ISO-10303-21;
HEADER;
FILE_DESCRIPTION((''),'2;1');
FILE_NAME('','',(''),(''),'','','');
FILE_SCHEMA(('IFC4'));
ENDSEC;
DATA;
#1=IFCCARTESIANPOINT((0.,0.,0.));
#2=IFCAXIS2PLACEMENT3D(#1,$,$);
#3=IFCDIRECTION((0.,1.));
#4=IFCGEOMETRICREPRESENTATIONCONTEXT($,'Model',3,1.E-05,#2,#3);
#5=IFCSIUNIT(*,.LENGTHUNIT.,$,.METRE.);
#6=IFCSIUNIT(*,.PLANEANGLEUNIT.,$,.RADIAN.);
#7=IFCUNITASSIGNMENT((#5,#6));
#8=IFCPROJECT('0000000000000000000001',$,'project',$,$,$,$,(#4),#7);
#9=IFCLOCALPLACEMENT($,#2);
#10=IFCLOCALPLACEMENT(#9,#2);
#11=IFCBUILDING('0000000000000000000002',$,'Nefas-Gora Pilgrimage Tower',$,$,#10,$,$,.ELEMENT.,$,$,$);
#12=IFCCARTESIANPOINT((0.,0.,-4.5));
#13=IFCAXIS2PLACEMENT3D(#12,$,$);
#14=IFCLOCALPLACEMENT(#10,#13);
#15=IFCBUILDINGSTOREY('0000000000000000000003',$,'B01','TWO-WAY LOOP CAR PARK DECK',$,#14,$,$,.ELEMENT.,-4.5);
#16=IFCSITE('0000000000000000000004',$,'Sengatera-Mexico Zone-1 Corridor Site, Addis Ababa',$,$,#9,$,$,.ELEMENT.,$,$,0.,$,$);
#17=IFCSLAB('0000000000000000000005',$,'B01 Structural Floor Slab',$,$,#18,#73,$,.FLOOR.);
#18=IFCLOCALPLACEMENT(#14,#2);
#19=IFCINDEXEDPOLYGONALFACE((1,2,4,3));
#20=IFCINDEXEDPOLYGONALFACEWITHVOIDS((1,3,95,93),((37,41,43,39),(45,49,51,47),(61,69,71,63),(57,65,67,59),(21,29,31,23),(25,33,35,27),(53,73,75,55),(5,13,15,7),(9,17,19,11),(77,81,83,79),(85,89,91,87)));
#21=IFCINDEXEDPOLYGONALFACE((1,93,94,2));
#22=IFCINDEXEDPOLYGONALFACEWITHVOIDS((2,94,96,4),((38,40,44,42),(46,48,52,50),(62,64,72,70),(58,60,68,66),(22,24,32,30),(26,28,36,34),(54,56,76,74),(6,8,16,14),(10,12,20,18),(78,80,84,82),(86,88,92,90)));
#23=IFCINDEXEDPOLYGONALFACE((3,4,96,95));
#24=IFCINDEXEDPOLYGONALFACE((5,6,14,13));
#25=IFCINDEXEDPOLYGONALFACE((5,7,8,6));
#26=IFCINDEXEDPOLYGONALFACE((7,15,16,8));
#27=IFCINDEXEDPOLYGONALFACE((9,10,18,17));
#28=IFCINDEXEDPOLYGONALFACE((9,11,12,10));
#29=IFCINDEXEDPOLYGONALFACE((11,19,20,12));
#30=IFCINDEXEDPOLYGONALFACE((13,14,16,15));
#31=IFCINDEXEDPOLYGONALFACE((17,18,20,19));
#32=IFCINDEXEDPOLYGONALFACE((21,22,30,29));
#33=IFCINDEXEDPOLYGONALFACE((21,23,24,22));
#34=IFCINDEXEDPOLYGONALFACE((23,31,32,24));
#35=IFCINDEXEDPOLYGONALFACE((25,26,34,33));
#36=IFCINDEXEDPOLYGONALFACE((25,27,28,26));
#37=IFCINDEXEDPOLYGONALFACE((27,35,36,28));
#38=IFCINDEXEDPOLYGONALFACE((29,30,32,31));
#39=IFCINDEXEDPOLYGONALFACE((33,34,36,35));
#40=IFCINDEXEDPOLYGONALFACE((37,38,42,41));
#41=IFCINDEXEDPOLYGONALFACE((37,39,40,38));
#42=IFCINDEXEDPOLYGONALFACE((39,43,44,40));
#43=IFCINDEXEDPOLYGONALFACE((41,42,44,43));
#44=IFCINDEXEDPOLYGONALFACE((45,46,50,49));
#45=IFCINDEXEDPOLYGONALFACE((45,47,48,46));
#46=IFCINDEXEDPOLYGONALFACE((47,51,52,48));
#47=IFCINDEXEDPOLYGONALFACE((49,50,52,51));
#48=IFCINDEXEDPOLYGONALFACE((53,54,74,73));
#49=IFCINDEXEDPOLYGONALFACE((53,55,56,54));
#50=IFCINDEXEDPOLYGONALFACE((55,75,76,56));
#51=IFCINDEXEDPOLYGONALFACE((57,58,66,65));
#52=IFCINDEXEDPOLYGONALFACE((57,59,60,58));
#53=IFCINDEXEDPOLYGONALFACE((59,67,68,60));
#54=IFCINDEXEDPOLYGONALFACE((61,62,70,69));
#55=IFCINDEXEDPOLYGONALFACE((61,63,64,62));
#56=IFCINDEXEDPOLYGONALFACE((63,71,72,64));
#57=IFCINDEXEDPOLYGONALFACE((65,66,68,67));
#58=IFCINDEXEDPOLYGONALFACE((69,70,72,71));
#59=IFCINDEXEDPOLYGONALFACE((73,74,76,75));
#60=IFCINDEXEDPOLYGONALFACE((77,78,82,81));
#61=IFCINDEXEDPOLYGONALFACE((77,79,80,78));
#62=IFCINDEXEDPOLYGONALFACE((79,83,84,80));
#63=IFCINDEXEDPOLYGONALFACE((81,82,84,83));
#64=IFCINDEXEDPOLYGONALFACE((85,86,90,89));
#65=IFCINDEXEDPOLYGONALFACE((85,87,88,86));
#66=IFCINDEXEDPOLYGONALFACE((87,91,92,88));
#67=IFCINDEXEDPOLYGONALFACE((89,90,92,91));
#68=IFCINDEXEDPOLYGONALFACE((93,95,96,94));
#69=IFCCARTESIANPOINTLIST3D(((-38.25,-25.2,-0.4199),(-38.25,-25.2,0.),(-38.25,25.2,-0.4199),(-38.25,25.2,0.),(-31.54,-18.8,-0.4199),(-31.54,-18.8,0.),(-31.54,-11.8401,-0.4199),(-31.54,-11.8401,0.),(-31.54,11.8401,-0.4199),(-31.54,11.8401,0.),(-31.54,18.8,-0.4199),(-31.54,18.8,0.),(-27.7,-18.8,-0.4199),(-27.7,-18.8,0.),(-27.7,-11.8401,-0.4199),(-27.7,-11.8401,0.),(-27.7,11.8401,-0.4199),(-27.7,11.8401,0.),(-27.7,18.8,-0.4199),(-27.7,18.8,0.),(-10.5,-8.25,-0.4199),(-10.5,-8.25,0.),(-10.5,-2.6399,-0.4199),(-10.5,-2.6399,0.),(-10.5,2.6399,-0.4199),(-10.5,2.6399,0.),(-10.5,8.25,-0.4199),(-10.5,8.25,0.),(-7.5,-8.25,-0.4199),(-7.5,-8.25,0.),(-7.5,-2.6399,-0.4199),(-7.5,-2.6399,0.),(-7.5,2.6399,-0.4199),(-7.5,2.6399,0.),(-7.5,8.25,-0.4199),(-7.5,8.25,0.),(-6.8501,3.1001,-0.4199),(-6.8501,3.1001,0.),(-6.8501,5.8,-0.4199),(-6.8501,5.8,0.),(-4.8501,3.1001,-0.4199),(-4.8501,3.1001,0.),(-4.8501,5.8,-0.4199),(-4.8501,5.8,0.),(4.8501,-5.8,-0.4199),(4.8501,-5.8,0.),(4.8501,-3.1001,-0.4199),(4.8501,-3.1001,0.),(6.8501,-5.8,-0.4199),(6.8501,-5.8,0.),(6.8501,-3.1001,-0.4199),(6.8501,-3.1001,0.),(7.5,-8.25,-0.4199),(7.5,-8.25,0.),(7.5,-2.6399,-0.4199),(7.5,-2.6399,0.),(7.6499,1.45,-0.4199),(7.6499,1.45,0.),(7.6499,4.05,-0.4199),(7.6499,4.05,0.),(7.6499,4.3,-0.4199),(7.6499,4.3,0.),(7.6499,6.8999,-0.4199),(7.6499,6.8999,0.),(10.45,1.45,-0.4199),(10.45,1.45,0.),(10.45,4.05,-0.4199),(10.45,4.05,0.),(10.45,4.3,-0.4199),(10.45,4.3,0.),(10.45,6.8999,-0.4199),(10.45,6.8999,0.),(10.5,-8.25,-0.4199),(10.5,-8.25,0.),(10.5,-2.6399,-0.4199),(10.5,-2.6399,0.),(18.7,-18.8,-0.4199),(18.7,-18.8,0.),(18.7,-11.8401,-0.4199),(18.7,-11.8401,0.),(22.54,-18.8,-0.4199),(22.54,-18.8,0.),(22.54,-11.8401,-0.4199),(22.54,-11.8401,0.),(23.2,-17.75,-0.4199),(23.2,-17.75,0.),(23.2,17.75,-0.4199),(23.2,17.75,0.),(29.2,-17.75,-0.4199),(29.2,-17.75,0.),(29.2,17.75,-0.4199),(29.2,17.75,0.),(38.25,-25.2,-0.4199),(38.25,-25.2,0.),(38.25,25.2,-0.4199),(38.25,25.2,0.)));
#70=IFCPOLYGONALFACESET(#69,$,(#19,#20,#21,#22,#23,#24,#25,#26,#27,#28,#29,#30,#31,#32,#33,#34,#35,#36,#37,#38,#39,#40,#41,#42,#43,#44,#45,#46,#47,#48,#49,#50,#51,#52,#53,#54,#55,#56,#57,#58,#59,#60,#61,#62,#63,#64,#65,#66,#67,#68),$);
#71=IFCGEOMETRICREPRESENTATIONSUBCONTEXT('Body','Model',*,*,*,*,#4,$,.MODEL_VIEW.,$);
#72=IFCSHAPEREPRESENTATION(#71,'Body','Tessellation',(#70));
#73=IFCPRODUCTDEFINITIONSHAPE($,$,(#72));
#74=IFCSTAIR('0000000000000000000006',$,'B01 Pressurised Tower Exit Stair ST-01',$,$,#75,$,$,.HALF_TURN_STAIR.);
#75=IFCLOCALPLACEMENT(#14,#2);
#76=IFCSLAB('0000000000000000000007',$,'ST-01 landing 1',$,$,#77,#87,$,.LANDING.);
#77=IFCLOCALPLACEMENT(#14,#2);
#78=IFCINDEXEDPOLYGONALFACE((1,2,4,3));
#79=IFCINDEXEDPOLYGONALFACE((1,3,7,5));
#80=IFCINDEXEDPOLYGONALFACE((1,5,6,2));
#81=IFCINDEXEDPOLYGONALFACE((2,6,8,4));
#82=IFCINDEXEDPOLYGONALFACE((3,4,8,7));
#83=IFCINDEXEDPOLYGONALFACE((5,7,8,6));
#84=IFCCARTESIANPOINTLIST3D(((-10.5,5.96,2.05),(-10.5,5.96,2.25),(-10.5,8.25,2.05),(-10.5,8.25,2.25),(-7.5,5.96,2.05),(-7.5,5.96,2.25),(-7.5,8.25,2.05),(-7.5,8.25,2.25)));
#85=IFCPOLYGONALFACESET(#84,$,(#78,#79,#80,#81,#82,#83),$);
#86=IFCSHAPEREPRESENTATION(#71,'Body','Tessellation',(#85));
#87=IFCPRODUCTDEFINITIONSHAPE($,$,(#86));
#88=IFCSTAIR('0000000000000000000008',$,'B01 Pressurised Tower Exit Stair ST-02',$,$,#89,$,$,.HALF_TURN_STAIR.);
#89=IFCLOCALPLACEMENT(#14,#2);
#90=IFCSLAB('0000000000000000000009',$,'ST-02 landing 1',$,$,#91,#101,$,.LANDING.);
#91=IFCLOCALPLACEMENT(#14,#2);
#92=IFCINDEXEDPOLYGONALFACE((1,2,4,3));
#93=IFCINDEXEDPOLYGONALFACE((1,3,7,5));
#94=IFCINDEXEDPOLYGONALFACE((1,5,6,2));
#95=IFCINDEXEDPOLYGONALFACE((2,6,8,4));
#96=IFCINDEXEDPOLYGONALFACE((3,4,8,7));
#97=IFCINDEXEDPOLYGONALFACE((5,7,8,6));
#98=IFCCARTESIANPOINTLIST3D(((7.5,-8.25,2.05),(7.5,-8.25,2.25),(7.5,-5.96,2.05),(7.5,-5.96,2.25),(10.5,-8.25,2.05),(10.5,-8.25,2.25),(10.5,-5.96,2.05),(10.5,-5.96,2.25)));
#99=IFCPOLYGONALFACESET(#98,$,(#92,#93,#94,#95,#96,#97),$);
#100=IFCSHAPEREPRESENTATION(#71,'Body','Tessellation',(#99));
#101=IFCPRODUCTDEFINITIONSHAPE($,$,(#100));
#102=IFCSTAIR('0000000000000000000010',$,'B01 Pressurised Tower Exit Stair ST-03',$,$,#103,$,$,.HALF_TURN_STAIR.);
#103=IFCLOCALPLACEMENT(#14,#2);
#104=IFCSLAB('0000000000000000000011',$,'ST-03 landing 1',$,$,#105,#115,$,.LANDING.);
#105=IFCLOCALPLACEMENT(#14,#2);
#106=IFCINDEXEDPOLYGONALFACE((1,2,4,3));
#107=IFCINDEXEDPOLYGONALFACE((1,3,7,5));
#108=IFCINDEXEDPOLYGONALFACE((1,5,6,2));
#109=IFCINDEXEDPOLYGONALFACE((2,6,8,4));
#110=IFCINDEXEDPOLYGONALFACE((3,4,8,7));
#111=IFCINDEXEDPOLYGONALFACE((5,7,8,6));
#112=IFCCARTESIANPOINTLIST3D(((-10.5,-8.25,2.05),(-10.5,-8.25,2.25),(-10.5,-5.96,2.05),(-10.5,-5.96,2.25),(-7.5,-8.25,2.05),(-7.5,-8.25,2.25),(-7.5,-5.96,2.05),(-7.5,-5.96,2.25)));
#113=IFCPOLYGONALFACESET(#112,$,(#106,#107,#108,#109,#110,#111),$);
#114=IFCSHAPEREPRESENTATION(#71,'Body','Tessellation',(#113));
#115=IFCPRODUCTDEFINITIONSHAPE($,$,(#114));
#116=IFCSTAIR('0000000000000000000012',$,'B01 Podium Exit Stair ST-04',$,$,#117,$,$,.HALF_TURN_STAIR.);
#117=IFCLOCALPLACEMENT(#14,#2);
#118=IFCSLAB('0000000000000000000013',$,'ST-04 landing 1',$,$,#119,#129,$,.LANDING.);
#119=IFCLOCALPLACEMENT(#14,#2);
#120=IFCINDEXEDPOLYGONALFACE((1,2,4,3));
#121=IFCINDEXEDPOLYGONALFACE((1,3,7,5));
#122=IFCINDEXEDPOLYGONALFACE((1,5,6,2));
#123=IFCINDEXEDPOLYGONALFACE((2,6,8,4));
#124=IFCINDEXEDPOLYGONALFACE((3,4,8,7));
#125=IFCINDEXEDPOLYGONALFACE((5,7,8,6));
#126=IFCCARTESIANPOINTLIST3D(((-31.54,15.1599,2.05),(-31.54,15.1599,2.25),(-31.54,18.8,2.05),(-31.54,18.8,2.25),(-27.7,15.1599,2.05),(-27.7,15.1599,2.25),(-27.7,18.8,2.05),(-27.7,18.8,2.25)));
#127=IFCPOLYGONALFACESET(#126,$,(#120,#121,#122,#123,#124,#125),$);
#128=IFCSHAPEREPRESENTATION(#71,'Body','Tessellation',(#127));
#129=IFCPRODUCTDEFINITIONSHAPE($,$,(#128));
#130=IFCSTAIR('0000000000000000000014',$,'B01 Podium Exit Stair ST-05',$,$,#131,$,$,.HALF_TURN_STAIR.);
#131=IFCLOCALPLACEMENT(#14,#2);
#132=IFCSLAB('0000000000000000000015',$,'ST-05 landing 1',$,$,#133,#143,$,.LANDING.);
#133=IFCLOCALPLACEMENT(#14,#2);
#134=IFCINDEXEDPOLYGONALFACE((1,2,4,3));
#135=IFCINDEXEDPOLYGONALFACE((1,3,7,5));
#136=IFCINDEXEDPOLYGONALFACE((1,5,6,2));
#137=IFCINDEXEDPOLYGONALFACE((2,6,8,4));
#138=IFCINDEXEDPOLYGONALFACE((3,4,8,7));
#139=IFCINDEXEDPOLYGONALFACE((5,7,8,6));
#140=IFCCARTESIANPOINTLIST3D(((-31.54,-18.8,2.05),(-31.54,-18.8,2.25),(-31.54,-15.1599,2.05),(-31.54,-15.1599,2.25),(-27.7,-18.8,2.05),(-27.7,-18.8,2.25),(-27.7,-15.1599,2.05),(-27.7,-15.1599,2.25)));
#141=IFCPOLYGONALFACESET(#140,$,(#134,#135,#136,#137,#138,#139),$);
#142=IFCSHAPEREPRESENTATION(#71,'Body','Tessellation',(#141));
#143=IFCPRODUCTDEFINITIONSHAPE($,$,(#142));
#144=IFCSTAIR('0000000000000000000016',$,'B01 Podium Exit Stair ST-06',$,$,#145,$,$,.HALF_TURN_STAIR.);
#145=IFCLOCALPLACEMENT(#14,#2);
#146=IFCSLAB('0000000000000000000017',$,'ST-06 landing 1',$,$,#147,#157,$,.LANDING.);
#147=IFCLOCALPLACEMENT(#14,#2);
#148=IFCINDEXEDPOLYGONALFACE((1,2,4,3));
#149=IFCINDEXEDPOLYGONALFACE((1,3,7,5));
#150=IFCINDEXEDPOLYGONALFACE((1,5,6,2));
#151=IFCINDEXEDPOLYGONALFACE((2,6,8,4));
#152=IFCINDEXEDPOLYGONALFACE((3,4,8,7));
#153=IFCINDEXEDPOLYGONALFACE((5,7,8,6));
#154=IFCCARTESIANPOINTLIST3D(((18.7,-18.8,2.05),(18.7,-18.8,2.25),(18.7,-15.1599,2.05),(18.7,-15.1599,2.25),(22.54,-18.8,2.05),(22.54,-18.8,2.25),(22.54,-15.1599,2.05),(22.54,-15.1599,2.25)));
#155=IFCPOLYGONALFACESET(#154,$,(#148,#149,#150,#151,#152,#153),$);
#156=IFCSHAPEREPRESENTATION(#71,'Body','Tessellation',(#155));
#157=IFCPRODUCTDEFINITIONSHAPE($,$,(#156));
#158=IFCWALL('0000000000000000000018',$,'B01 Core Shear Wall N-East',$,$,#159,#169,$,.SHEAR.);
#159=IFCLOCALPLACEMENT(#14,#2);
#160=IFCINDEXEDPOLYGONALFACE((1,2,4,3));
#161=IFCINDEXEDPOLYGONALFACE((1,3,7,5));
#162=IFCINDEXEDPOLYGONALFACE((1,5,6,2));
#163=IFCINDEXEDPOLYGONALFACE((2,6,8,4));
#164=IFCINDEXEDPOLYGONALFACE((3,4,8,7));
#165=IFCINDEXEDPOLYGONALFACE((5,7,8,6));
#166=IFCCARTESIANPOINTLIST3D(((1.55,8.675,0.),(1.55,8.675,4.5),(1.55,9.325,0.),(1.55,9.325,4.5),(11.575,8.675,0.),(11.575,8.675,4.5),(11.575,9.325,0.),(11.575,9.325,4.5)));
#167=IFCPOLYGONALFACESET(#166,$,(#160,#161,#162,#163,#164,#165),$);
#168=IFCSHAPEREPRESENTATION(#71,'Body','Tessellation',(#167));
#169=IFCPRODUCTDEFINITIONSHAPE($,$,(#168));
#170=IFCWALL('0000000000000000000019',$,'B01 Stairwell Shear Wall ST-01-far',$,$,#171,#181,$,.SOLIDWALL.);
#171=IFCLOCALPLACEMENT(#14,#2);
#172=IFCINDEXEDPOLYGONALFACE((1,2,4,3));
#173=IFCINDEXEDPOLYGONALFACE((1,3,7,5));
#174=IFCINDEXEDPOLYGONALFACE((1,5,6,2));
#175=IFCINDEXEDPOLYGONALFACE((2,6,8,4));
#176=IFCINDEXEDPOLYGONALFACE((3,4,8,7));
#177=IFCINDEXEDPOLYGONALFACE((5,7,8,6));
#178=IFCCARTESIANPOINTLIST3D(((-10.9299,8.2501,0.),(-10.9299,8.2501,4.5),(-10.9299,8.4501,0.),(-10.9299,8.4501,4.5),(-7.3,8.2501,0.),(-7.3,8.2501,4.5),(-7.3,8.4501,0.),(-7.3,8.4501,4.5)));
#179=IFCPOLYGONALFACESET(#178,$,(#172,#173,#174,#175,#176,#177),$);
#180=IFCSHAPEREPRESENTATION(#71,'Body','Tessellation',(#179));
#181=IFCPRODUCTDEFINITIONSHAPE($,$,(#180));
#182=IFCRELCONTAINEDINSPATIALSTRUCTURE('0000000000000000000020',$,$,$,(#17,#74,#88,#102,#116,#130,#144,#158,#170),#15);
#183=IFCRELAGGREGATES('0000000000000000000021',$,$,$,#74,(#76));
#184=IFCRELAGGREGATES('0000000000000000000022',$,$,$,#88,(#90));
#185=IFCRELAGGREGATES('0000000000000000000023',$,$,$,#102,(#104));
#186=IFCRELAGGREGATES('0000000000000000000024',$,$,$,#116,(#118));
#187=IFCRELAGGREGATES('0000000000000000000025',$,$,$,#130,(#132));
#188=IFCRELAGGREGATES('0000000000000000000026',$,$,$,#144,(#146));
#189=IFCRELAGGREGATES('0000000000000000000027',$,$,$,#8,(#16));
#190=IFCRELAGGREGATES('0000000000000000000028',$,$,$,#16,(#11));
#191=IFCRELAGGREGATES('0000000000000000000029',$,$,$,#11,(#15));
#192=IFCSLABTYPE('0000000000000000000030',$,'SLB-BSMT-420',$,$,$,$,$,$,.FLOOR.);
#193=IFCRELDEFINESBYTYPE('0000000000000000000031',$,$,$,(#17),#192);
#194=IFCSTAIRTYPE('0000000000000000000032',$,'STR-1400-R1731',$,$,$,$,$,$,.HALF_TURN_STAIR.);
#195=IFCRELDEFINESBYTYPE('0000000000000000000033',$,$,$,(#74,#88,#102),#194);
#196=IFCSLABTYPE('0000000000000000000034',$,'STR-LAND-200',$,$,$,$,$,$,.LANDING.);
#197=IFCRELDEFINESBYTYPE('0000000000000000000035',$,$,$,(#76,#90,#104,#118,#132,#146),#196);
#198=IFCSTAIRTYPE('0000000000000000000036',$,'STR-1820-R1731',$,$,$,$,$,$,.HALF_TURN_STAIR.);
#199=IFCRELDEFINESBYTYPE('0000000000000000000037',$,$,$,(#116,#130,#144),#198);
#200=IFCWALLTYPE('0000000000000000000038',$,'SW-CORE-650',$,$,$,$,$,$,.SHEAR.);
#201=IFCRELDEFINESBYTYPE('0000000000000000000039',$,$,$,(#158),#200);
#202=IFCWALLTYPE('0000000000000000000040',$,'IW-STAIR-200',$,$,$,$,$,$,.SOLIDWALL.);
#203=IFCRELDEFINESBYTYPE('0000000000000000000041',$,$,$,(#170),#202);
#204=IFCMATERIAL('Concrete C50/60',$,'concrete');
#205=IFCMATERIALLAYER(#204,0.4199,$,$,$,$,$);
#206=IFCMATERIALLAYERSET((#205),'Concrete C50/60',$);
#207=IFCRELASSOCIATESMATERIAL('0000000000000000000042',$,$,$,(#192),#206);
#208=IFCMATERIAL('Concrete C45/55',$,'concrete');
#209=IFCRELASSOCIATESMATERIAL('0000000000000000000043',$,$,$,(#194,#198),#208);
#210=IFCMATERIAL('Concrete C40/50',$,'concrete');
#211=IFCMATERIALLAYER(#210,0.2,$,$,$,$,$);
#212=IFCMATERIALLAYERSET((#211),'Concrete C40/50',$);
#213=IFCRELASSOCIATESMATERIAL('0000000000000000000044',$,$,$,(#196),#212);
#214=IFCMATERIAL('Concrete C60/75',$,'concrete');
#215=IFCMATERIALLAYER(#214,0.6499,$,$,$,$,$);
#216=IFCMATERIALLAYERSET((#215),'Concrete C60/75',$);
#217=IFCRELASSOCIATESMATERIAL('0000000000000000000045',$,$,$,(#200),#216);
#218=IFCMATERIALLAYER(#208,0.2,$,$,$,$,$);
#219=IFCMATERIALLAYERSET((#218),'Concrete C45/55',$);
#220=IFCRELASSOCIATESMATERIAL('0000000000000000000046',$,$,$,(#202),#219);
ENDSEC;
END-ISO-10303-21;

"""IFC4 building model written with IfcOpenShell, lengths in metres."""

from ifc_helpers import new_model, si_unit, direction, frame, frame_2d, origin, place, context, subcontext, project, spatial, polyline, rectangle, outline, extrude, source, transform, mapped, material, layer, layer_set, type_object, element, aggregate, save


model = new_model("IFC4")

# Units and contexts
model_context = context("Model", 3, precision=1e-05, world=origin(), true_north=direction((0.0, 1.0)))
body_context = subcontext(model_context, "Body", "Model", "MODEL_VIEW")
ifc_project = project(units=[si_unit("LENGTHUNIT", "METRE"), si_unit("PLANEANGLEUNIT", "RADIAN")], contexts=[model_context])

# Site, building, storey
site_placement = place(None, origin())
site = spatial("IfcSite", under=ifc_project, at=site_placement, Name="Sengatera-Mexico Zone-1 Corridor Site, Addis Ababa", CompositionType="ELEMENT", RefElevation=0.0)
building_placement = place(site_placement, origin())
building = spatial("IfcBuilding", under=site, at=building_placement, Name="Nefas-Gora Pilgrimage Tower", CompositionType="ELEMENT")
storey_placement = place(building_placement, frame((0.0, 0.0, -4.5)))
storey = spatial("IfcBuildingStorey", under=building, at=storey_placement, Name="B01", Description="TWO-WAY LOOP CAR PARK DECK", CompositionType="ELEMENT", Elevation=-4.5)

# Shared definitions
ifc_material_1 = material(Name="Concrete C60/75", Category="concrete")

# Slab
ifc_material_2 = material(Name="Concrete C50/60", Category="concrete")
ifc_layer_1 = layer(ifc_material_2, 0.4199)
ifc_layer_set_1 = layer_set([ifc_layer_1], Name="Concrete C50/60")
slab_type_1 = type_object("IfcSlabType", Name="SLB-BSMT-420", PredefinedType="FLOOR", material=ifc_layer_set_1)
slab_1_placement = place(storey_placement, frame((0.0, 0.0, -0.4199)))
element("IfcSlab", 1, at=slab_1_placement, inside=storey, type_object=slab_type_1, Name="B01 Structural Floor Slab", PredefinedType="FLOOR", context=body_context, shape_type="SweptSolid", body=[
    extrude(outline(polyline([(38.25, -25.2), (38.25, 25.2), (-38.25, 25.2), (-38.25, -25.2), (38.25, -25.2)]), holes=[polyline([(-10.5, 2.6399), (-10.5, 8.25), (-7.5, 8.25), (-7.5, 2.6399), (-10.5, 2.6399)]), polyline([(10.5, -2.6399), (10.5, -8.25), (7.5, -8.25), (7.5, -2.6399), (10.5, -2.6399)]), polyline([(-7.5, -2.6399), (-7.5, -8.25), (-10.5, -8.25), (-10.5, -2.6399), (-7.5, -2.6399)]), polyline([(-31.54, 11.8401), (-31.54, 18.8), (-27.7, 18.8), (-27.7, 11.8401), (-31.54, 11.8401)]), polyline([(-27.7, -11.8401), (-27.7, -18.8), (-31.54, -18.8), (-31.54, -11.8401), (-27.7, -11.8401)]), polyline([(22.54, -11.8401), (22.54, -18.8), (18.7, -18.8), (18.7, -11.8401), (22.54, -11.8401)]), polyline([(-6.8501, 5.8), (-4.8501, 5.8), (-4.8501, 3.1001), (-6.8501, 3.1001), (-6.8501, 5.8)]), polyline([(4.8501, -3.1001), (6.8501, -3.1001), (6.8501, -5.8), (4.8501, -5.8), (4.8501, -3.1001)]), polyline([(7.6499, 4.05), (10.45, 4.05), (10.45, 1.45), (7.6499, 1.45), (7.6499, 4.05)]), polyline([(7.6499, 6.8999), (10.45, 6.8999), (10.45, 4.3), (7.6499, 4.3), (7.6499, 6.8999)]), polyline([(23.2, 17.75), (29.2, 17.75), (29.2, -17.75), (23.2, -17.75), (23.2, 17.75)])]), origin(), (0.0, 0.0, 1.0), 0.4199),
])

# Stairs, slabs
ifc_material_3 = material(Name="Concrete C45/55", Category="concrete")
stair_type_1 = type_object("IfcStairType", Name="STR-1400-R1731", PredefinedType="HALF_TURN_STAIR", material=ifc_material_3)
stair_1_placement = place(storey_placement, origin())
stair_1 = element("IfcStair", 2, at=stair_1_placement, inside=storey, type_object=stair_type_1, Name="B01 Pressurised Tower Exit Stair ST-01", PredefinedType="HALF_TURN_STAIR")
ifc_material_4 = material(Name="Concrete C40/50", Category="concrete")
ifc_layer_2 = layer(ifc_material_4, 0.2)
ifc_layer_set_2 = layer_set([ifc_layer_2], Name="Concrete C40/50")
slab_type_2 = type_object("IfcSlabType", Name="STR-LAND-200", PredefinedType="LANDING", material=ifc_layer_set_2)
slab_2_placement = place(storey_placement, frame((0.0, 0.0, 2.05)))
slab_2 = element("IfcSlab", 3, at=slab_2_placement, type_object=slab_type_2, Name="ST-01 landing 1", PredefinedType="LANDING", context=body_context, shape_type="SweptSolid", body=[
    extrude(outline(polyline([(-7.5, 5.96), (-7.5, 8.25), (-10.5, 8.25), (-10.5, 5.96), (-7.5, 5.96)])), origin(), (0.0, 0.0, 1.0), 0.2),
])
aggregate(stair_1, [slab_2])
stair_2_placement = place(storey_placement, origin())
stair_2 = element("IfcStair", 4, at=stair_2_placement, inside=storey, type_object=stair_type_1, Name="B01 Pressurised Tower Exit Stair ST-02", PredefinedType="HALF_TURN_STAIR")
slab_3_placement = place(storey_placement, frame((0.0, 0.0, 2.05)))
slab_3 = element("IfcSlab", 5, at=slab_3_placement, type_object=slab_type_2, Name="ST-02 landing 1", PredefinedType="LANDING", context=body_context, shape_type="SweptSolid", body=[
    extrude(outline(polyline([(7.5, -5.96), (7.5, -8.25), (10.5, -8.25), (10.5, -5.96), (7.5, -5.96)])), origin(), (0.0, 0.0, 1.0), 0.2),
])
aggregate(stair_2, [slab_3])
stair_3_placement = place(storey_placement, origin())
stair_3 = element("IfcStair", 6, at=stair_3_placement, inside=storey, type_object=stair_type_1, Name="B01 Pressurised Tower Exit Stair ST-03", PredefinedType="HALF_TURN_STAIR")
slab_4_placement = place(storey_placement, frame((0.0, 0.0, 2.05)))
slab_4 = element("IfcSlab", 7, at=slab_4_placement, type_object=slab_type_2, Name="ST-03 landing 1", PredefinedType="LANDING", context=body_context, shape_type="SweptSolid", body=[
    extrude(outline(polyline([(-10.5, -5.96), (-10.5, -8.25), (-7.5, -8.25), (-7.5, -5.96), (-10.5, -5.96)])), origin(), (0.0, 0.0, 1.0), 0.2),
])
aggregate(stair_3, [slab_4])
stair_type_2 = type_object("IfcStairType", Name="STR-1820-R1731", PredefinedType="HALF_TURN_STAIR", material=ifc_material_3)
stair_4_placement = place(storey_placement, origin())
stair_4 = element("IfcStair", 8, at=stair_4_placement, inside=storey, type_object=stair_type_2, Name="B01 Podium Exit Stair ST-04", PredefinedType="HALF_TURN_STAIR")
slab_5_placement = place(storey_placement, frame((0.0, 0.0, 2.05)))
slab_5 = element("IfcSlab", 9, at=slab_5_placement, type_object=slab_type_2, Name="ST-04 landing 1", PredefinedType="LANDING", context=body_context, shape_type="SweptSolid", body=[
    extrude(outline(polyline([(-27.7, 15.1599), (-27.7, 18.8), (-31.54, 18.8), (-31.54, 15.1599), (-27.7, 15.1599)])), origin(), (0.0, 0.0, 1.0), 0.2),
])
aggregate(stair_4, [slab_5])
stair_5_placement = place(storey_placement, origin())
stair_5 = element("IfcStair", 10, at=stair_5_placement, inside=storey, type_object=stair_type_2, Name="B01 Podium Exit Stair ST-05", PredefinedType="HALF_TURN_STAIR")
slab_6_placement = place(storey_placement, frame((0.0, 0.0, 2.05)))
slab_6 = element("IfcSlab", 11, at=slab_6_placement, type_object=slab_type_2, Name="ST-05 landing 1", PredefinedType="LANDING", context=body_context, shape_type="SweptSolid", body=[
    extrude(outline(polyline([(-31.54, -15.1599), (-31.54, -18.8), (-27.7, -18.8), (-27.7, -15.1599), (-31.54, -15.1599)])), origin(), (0.0, 0.0, 1.0), 0.2),
])
aggregate(stair_5, [slab_6])
stair_6_placement = place(storey_placement, origin())
stair_6 = element("IfcStair", 12, at=stair_6_placement, inside=storey, type_object=stair_type_2, Name="B01 Podium Exit Stair ST-06", PredefinedType="HALF_TURN_STAIR")
slab_7_placement = place(storey_placement, frame((0.0, 0.0, 2.05)))
slab_7 = element("IfcSlab", 13, at=slab_7_placement, type_object=slab_type_2, Name="ST-06 landing 1", PredefinedType="LANDING", context=body_context, shape_type="SweptSolid", body=[
    extrude(outline(polyline([(18.7, -15.1599), (18.7, -18.8), (22.54, -18.8), (22.54, -15.1599), (18.7, -15.1599)])), origin(), (0.0, 0.0, 1.0), 0.2),
])
aggregate(stair_6, [slab_7])

# Walls
ifc_layer_3 = layer(ifc_material_1, 0.6499)
ifc_layer_set_3 = layer_set([ifc_layer_3], Name="Concrete C60/75")
wall_type_1 = type_object("IfcWallType", Name="SW-CORE-650", PredefinedType="SHEAR", material=ifc_layer_set_3)
shared_shape_1 = source(origin(), body_context, "Body", "SweptSolid", [
    extrude(rectangle(XDim=10.0249, YDim=0.6499, at=frame_2d((5.0125, 0.0))), origin(), (0.0, 0.0, 1.0), 4.5),
])
wall_1_placement = place(storey_placement, frame((1.55, 9.0, 0.0), z_axis=(0.0, 0.0, 1.0), x_axis=(1.0, 0.0, 0.0)))
element("IfcWall", 14, at=wall_1_placement, inside=storey, type_object=wall_type_1, Name="B01 Core Shear Wall N-East", PredefinedType="SHEAR", context=body_context, shape_type="MappedRepresentation", body=[
    mapped(shared_shape_1, transform((0.0, 0.0, 0.0), x_axis=(1.0, 0.0, 0.0), y_axis=(0.0, 1.0, 0.0), z_axis=(0.0, 0.0, 1.0), scale=1.0)),
])
ifc_layer_4 = layer(ifc_material_3, 0.2)
ifc_layer_set_4 = layer_set([ifc_layer_4], Name="Concrete C45/55")
wall_type_2 = type_object("IfcWallType", Name="IW-STAIR-200", PredefinedType="SOLIDWALL", material=ifc_layer_set_4)
shared_shape_2 = source(origin(), body_context, "Body", "SweptSolid", [
    extrude(rectangle(XDim=3.6299, YDim=0.2, at=frame_2d((1.8149, 0.0))), origin(), (0.0, 0.0, 1.0), 4.5),
])
wall_2_placement = place(storey_placement, frame((-7.3, 8.3501, 0.0), z_axis=(0.0, 0.0, 1.0), x_axis=(-1.0, 0.0, 0.0)))
element("IfcWall", 15, at=wall_2_placement, inside=storey, type_object=wall_type_2, Name="B01 Stairwell Shear Wall ST-01-far", PredefinedType="SOLIDWALL", context=body_context, shape_type="MappedRepresentation", body=[
    mapped(shared_shape_2, transform((0.0, 0.0, 0.0), x_axis=(1.0, 0.0, 0.0), y_axis=(0.0, 1.0, 0.0), z_axis=(0.0, 0.0, 1.0), scale=1.0)),
])

save(model, "model.ifc")
